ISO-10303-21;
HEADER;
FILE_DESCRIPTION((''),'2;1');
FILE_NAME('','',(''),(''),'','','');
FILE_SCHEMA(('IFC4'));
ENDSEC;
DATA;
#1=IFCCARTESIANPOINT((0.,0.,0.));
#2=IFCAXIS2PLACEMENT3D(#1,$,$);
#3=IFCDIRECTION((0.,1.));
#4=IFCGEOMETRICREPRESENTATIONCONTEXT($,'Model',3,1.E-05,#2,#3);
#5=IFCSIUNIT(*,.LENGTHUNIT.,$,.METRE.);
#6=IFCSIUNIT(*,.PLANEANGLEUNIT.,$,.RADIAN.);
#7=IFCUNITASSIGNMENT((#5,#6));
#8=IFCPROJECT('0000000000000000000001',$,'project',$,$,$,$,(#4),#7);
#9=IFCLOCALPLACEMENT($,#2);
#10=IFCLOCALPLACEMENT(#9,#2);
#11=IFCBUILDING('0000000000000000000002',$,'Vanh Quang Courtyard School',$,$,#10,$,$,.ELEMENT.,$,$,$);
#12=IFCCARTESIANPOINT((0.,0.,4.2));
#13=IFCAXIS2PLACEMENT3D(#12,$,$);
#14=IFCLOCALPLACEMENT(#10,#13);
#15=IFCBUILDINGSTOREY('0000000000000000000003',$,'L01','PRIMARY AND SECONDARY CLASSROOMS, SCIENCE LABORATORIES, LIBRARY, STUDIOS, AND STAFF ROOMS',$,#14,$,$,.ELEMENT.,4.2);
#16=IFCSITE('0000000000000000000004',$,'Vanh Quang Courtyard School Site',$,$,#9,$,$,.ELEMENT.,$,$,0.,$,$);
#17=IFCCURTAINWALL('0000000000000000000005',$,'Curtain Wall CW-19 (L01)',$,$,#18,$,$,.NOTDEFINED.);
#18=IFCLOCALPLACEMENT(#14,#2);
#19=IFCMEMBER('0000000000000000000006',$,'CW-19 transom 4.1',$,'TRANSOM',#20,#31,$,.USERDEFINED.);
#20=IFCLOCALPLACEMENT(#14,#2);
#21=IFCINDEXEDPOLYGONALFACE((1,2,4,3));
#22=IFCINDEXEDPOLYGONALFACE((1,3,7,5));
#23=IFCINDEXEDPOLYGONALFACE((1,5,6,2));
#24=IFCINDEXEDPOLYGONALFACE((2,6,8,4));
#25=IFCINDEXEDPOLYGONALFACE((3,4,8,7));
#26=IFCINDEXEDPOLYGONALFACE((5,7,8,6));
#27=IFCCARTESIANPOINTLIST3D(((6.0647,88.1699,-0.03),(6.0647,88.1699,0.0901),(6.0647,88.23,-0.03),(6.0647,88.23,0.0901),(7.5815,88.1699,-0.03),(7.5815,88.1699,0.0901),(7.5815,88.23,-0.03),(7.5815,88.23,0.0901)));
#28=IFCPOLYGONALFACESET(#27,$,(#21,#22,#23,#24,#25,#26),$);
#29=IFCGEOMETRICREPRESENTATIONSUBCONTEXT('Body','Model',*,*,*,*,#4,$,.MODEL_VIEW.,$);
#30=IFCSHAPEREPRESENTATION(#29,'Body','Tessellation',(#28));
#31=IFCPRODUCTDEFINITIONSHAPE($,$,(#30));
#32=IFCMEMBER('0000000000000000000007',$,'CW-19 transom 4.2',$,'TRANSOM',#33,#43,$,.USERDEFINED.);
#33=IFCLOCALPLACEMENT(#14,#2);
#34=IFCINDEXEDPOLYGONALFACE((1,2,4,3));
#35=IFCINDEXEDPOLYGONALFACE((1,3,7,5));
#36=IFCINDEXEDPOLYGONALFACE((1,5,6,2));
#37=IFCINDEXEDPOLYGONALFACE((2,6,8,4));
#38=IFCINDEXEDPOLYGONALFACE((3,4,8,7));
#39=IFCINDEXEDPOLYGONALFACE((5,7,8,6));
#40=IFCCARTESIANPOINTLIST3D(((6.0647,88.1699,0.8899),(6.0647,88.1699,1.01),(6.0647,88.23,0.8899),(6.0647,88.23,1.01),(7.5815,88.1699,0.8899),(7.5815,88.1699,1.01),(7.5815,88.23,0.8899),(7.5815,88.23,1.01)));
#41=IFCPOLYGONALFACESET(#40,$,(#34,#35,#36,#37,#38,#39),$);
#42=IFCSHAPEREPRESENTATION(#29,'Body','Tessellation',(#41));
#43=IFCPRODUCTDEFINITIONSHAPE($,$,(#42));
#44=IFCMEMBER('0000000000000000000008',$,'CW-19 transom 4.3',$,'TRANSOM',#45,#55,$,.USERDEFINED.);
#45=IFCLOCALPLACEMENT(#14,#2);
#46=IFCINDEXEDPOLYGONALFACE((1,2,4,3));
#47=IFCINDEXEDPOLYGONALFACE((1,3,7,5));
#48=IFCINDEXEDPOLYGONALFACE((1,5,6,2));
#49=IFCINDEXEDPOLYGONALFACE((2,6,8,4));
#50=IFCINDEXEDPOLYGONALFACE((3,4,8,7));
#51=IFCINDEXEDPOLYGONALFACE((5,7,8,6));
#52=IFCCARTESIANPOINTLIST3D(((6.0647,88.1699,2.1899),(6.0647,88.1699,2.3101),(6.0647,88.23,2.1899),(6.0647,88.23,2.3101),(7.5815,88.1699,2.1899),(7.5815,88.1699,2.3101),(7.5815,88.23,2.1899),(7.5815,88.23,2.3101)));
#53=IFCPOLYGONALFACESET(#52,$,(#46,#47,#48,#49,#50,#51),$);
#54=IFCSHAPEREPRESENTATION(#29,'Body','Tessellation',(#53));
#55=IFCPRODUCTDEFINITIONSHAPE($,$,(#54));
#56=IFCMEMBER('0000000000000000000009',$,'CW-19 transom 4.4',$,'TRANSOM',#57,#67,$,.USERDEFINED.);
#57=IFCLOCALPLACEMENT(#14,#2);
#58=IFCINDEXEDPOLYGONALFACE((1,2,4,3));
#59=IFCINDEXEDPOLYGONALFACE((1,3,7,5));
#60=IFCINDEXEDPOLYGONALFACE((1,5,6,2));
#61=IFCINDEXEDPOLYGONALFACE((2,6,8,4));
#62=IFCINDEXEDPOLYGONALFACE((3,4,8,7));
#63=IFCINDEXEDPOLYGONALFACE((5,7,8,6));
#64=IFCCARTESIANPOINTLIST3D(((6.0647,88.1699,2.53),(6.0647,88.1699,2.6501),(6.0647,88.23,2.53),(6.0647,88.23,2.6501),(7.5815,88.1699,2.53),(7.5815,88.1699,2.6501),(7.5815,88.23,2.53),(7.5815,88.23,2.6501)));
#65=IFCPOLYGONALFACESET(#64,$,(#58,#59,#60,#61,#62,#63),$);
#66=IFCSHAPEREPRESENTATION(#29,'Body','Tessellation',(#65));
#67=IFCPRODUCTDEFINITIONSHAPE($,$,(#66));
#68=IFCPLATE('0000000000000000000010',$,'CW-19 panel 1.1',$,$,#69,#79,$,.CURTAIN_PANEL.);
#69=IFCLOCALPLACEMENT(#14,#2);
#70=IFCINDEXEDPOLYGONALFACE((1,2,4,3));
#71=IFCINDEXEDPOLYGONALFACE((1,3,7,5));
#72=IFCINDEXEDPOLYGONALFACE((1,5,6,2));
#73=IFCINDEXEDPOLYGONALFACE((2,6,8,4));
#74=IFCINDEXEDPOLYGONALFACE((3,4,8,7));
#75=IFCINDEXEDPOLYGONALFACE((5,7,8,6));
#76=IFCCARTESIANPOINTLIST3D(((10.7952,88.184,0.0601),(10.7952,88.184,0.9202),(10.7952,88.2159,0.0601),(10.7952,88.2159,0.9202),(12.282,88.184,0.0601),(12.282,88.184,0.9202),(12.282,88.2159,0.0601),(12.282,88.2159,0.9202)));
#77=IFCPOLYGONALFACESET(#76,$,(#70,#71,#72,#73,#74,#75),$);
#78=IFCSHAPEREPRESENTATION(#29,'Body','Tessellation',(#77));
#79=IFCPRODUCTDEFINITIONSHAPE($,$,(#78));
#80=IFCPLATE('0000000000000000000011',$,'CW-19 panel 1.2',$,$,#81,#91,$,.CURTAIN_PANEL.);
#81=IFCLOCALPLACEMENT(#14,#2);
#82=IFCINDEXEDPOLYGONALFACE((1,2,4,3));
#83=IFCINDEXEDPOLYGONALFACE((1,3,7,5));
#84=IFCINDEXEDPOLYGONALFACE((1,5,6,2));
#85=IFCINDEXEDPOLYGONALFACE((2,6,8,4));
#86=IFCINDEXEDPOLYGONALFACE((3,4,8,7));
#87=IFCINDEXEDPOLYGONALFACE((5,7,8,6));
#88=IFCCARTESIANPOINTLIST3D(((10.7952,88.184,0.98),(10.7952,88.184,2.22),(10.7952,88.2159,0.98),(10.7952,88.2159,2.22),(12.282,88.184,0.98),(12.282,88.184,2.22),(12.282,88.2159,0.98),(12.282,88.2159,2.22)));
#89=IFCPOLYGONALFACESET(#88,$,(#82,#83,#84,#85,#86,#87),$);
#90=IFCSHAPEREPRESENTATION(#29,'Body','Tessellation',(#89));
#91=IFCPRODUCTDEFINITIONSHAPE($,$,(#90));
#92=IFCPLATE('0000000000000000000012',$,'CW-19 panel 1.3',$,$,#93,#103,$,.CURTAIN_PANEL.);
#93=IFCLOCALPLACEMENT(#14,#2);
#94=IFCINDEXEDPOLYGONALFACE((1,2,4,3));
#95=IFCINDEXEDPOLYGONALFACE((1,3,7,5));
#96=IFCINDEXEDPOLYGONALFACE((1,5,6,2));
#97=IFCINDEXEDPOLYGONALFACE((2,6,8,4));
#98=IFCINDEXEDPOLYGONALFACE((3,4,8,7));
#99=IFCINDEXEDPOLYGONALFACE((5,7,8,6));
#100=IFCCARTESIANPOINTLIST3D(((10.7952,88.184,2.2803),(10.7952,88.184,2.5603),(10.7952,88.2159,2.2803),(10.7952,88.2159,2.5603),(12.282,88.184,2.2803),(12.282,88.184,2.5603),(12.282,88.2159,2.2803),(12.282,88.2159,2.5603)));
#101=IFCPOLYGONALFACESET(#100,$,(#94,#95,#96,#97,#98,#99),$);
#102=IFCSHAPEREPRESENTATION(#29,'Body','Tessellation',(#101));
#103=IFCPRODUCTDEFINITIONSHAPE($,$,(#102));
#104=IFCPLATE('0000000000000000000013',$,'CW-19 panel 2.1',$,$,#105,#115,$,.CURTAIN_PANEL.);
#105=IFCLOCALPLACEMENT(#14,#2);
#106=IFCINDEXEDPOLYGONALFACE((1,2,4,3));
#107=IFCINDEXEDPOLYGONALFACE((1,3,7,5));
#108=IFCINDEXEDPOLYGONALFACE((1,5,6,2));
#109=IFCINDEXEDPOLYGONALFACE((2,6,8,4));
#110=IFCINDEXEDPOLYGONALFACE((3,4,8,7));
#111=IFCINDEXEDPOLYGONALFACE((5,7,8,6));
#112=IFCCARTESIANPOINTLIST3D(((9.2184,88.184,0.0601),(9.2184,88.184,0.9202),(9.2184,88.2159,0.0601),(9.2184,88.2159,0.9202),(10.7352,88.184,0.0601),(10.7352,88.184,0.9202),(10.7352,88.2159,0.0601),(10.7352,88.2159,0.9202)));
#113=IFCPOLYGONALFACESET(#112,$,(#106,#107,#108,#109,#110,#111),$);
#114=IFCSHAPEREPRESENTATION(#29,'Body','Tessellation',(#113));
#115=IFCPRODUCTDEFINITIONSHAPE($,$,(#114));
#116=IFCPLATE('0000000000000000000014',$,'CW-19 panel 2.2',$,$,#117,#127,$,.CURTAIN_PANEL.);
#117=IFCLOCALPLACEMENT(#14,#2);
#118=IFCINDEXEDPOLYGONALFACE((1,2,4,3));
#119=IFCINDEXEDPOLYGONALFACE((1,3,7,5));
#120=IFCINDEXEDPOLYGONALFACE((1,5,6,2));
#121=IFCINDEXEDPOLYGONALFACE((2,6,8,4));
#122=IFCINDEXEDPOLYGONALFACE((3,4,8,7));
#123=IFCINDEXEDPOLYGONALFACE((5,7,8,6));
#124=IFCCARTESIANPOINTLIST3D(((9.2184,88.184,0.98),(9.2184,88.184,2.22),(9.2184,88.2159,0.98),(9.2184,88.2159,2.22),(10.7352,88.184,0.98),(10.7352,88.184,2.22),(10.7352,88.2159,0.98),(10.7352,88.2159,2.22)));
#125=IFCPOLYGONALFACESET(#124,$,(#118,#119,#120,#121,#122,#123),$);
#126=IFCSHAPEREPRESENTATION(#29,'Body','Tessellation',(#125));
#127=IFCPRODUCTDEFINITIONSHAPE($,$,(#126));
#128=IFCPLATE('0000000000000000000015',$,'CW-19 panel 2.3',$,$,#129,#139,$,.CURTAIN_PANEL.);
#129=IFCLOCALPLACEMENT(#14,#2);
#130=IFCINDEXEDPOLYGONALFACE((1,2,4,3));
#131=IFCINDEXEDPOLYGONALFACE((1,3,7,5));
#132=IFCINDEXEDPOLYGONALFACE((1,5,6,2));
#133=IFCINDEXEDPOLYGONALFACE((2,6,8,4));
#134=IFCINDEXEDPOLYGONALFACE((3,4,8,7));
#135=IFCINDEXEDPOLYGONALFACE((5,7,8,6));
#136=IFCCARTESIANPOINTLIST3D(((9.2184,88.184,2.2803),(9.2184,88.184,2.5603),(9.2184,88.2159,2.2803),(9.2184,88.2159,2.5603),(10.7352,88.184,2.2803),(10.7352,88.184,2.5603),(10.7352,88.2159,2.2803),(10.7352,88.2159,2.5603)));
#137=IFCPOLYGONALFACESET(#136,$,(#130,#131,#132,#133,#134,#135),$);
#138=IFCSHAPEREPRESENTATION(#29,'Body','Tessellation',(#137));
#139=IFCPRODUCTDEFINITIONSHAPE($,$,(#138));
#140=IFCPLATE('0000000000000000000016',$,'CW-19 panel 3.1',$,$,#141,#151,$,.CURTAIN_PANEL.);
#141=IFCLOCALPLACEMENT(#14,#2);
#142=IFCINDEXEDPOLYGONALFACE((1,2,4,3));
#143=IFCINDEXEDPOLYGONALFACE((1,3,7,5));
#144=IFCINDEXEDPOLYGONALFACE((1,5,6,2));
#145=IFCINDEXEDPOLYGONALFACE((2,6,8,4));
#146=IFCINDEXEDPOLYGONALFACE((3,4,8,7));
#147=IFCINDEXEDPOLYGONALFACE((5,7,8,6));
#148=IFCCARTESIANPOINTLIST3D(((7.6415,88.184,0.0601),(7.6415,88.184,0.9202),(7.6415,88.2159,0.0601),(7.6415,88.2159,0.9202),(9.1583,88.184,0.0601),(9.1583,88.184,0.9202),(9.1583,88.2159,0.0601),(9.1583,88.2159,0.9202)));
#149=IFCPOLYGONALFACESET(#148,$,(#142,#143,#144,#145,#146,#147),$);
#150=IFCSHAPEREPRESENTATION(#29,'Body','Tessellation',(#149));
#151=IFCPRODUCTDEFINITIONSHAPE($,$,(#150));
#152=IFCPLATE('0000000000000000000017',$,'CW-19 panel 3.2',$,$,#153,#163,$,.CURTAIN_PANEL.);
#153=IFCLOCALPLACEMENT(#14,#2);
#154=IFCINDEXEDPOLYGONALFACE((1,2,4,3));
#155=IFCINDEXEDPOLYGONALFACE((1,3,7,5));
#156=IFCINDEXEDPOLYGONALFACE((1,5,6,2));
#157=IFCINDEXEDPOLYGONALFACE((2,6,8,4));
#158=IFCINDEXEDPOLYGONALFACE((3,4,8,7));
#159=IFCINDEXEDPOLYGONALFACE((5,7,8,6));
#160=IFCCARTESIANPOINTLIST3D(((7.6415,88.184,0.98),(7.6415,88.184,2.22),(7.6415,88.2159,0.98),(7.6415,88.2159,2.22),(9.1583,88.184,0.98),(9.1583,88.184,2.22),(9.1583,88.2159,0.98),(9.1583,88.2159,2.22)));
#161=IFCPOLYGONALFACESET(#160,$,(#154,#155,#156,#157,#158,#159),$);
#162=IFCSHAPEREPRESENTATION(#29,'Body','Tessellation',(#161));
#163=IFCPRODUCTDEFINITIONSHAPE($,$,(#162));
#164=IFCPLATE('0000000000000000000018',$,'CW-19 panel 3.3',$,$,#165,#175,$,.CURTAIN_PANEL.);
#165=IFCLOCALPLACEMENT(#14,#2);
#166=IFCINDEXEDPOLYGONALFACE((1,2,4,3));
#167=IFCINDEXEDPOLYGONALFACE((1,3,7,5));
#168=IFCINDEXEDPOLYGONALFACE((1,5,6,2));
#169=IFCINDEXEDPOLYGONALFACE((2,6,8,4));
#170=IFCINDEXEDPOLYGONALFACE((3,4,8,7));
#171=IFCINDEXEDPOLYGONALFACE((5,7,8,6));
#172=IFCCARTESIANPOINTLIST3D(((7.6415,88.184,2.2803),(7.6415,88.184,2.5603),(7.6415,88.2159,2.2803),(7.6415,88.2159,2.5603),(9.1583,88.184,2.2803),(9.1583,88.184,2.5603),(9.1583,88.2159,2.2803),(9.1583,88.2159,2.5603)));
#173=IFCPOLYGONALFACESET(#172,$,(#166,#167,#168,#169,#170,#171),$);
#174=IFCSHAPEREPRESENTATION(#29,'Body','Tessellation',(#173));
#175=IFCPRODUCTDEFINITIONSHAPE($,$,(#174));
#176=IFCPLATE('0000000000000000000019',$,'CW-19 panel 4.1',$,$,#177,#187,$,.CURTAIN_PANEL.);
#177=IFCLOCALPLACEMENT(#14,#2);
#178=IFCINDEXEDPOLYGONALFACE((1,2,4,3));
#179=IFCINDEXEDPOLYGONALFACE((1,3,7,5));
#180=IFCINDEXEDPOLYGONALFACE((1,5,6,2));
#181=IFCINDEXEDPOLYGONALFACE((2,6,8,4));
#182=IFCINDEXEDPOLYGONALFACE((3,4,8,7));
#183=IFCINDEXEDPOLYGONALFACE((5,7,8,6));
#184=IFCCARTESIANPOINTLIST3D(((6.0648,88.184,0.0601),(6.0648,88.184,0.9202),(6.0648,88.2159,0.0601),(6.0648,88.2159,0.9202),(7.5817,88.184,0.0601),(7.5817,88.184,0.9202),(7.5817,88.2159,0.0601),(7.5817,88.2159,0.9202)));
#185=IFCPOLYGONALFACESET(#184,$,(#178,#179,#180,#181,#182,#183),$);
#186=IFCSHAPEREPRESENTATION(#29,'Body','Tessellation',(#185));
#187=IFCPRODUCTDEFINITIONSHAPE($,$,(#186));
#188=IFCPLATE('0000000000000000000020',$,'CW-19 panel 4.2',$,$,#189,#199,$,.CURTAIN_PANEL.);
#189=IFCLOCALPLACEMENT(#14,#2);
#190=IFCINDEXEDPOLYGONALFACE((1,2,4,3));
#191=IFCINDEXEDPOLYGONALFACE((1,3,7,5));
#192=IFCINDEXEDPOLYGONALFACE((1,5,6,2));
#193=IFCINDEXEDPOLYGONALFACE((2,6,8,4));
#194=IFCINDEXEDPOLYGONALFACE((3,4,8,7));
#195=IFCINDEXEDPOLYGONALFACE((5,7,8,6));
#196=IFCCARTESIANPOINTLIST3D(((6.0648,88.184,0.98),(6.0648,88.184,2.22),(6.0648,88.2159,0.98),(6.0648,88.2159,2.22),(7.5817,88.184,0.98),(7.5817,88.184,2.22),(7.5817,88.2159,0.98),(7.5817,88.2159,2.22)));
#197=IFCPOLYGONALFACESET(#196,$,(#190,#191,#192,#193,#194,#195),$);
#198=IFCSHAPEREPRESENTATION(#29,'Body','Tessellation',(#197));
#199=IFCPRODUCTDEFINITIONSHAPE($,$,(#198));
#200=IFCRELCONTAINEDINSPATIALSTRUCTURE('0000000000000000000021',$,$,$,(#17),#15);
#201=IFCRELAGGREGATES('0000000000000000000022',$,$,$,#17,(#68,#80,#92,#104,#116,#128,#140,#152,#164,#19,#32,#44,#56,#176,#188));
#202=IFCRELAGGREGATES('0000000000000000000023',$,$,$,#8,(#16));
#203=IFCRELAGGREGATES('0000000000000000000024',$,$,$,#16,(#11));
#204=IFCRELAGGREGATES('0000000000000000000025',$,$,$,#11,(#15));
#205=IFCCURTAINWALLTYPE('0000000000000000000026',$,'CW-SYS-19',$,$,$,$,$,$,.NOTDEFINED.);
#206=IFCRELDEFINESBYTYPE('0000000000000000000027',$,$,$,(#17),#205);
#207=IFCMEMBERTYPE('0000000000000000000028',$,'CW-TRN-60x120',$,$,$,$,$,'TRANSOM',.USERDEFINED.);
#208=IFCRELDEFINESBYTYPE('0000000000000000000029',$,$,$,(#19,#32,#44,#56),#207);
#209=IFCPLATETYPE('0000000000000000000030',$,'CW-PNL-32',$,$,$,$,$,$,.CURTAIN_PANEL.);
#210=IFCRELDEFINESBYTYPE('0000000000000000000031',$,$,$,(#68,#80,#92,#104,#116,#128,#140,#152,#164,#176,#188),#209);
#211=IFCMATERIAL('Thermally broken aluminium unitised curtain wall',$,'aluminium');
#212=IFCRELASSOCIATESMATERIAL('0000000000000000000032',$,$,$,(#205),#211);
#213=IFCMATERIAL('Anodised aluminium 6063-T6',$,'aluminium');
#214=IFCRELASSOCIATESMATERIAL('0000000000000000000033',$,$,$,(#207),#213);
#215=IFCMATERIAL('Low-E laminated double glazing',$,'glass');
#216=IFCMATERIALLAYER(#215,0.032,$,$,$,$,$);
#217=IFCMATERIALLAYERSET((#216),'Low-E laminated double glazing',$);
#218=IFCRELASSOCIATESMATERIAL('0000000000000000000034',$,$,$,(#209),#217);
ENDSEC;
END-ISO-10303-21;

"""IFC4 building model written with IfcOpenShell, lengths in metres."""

from ifc_helpers import new_model, si_unit, direction, frame, origin, origin_2d, place, context, subcontext, project, spatial, rectangle, extrude, material, layer, layer_set, material_profile, profile_set, type_object, element, aggregate, save


model = new_model("IFC4")

# Units and contexts
model_context = context("Model", 3, precision=1e-05, world=origin(), true_north=direction((0.0, 1.0)))
body_context = subcontext(model_context, "Body", "Model", "MODEL_VIEW")
ifc_project = project(units=[si_unit("LENGTHUNIT", "METRE"), si_unit("PLANEANGLEUNIT", "RADIAN")], contexts=[model_context])

# Site, building, storey
site_placement = place(None, origin())
site = spatial("IfcSite", under=ifc_project, at=site_placement, Name="Vanh Quang Courtyard School Site", CompositionType="ELEMENT", RefElevation=0.0)
building_placement = place(site_placement, origin())
building = spatial("IfcBuilding", under=site, at=building_placement, Name="Vanh Quang Courtyard School", CompositionType="ELEMENT")
storey_placement = place(building_placement, frame((0.0, 0.0, 4.2)))
storey = spatial("IfcBuildingStorey", under=building, at=storey_placement, Name="L01", Description="PRIMARY AND SECONDARY CLASSROOMS, SCIENCE LABORATORIES, LIBRARY, STUDIOS, AND STAFF ROOMS", CompositionType="ELEMENT", Elevation=4.2)

# Curtain wall, members, plates
ifc_material_1 = material(Name="Thermally broken aluminium unitised curtain wall", Category="aluminium")
curtain_wall_type = type_object("IfcCurtainWallType", Name="CW-SYS-19", PredefinedType="NOTDEFINED", material=ifc_material_1)
curtain_wall_placement = place(storey_placement, origin())
curtain_wall = element("IfcCurtainWall", 1, at=curtain_wall_placement, inside=storey, type_object=curtain_wall_type, Name="Curtain Wall CW-19 (L01)", PredefinedType="NOTDEFINED")
ifc_material_2 = material(Name="Anodised aluminium 6063-T6", Category="aluminium")
ifc_material_profile_1 = material_profile(ifc_material_2, rectangle(XDim=0.0601, YDim=0.1201, at=origin_2d()), Name="ALU-TRN 60x120")
ifc_profile_set_1 = profile_set([ifc_material_profile_1], Name="Anodised aluminium 6063-T6")
member_type_1 = type_object("IfcMemberType", Name="CW-TRN-60x120", ElementType="TRANSOM", PredefinedType="USERDEFINED", material=ifc_profile_set_1)
member_1_placement = place(storey_placement, frame((7.5815, 88.2, 0.03), z_axis=(-1.0, 0.0, 0.0), x_axis=(0.0, -1.0, 0.0)))
member_1 = element("IfcMember", 2, at=member_1_placement, type_object=member_type_1, Name="CW-19 transom 4.1", ObjectType="TRANSOM", PredefinedType="USERDEFINED", context=body_context, shape_type="SweptSolid", body=[
    extrude(rectangle(XDim=0.0601, YDim=0.1201, at=origin_2d()), origin(), (0.0, 0.0, 1.0), 1.5168),
])
member_2_placement = place(storey_placement, frame((7.5815, 88.2, 0.95), z_axis=(-1.0, 0.0, 0.0), x_axis=(0.0, -1.0, 0.0)))
member_2 = element("IfcMember", 3, at=member_2_placement, type_object=member_type_1, Name="CW-19 transom 4.2", ObjectType="TRANSOM", PredefinedType="USERDEFINED", context=body_context, shape_type="SweptSolid", body=[
    extrude(rectangle(XDim=0.0601, YDim=0.1201, at=origin_2d()), origin(), (0.0, 0.0, 1.0), 1.5168),
])
member_3_placement = place(storey_placement, frame((7.5815, 88.2, 2.25), z_axis=(-1.0, 0.0, 0.0), x_axis=(0.0, -1.0, 0.0)))
member_3 = element("IfcMember", 4, at=member_3_placement, type_object=member_type_1, Name="CW-19 transom 4.3", ObjectType="TRANSOM", PredefinedType="USERDEFINED", context=body_context, shape_type="SweptSolid", body=[
    extrude(rectangle(XDim=0.0601, YDim=0.1201, at=origin_2d()), origin(), (0.0, 0.0, 1.0), 1.5168),
])
member_4_placement = place(storey_placement, frame((7.5815, 88.2, 2.5901), z_axis=(-1.0, 0.0, 0.0), x_axis=(0.0, -1.0, 0.0)))
member_4 = element("IfcMember", 5, at=member_4_placement, type_object=member_type_1, Name="CW-19 transom 4.4", ObjectType="TRANSOM", PredefinedType="USERDEFINED", context=body_context, shape_type="SweptSolid", body=[
    extrude(rectangle(XDim=0.0601, YDim=0.1201, at=origin_2d()), origin(), (0.0, 0.0, 1.0), 1.5168),
])
ifc_material_3 = material(Name="Low-E laminated double glazing", Category="glass")
ifc_layer = layer(ifc_material_3, 0.032)
ifc_layer_set = layer_set([ifc_layer], Name="Low-E laminated double glazing")
plate_type = type_object("IfcPlateType", Name="CW-PNL-32", PredefinedType="CURTAIN_PANEL", material=ifc_layer_set)
plate_1_placement = place(storey_placement, frame((11.5386, 88.2, 0.0601), z_axis=(0.0, 0.0, 1.0), x_axis=(-1.0, 0.0, 0.0)))
plate_1 = element("IfcPlate", 6, at=plate_1_placement, type_object=plate_type, Name="CW-19 panel 1.1", PredefinedType="CURTAIN_PANEL", context=body_context, shape_type="SweptSolid", body=[
    extrude(rectangle(XDim=1.4868, YDim=0.032, at=origin_2d()), origin(), (0.0, 0.0, 1.0), 0.8601),
])
plate_2_placement = place(storey_placement, frame((11.5386, 88.2, 0.98), z_axis=(0.0, 0.0, 1.0), x_axis=(-1.0, 0.0, 0.0)))
plate_2 = element("IfcPlate", 7, at=plate_2_placement, type_object=plate_type, Name="CW-19 panel 1.2", PredefinedType="CURTAIN_PANEL", context=body_context, shape_type="SweptSolid", body=[
    extrude(rectangle(XDim=1.4868, YDim=0.032, at=origin_2d()), origin(), (0.0, 0.0, 1.0), 1.24),
])
plate_3_placement = place(storey_placement, frame((11.5386, 88.2, 2.2803), z_axis=(0.0, 0.0, 1.0), x_axis=(-1.0, 0.0, 0.0)))
plate_3 = element("IfcPlate", 8, at=plate_3_placement, type_object=plate_type, Name="CW-19 panel 1.3", PredefinedType="CURTAIN_PANEL", context=body_context, shape_type="SweptSolid", body=[
    extrude(rectangle(XDim=1.4868, YDim=0.032, at=origin_2d()), origin(), (0.0, 0.0, 1.0), 0.28),
])
plate_4_placement = place(storey_placement, frame((9.9768, 88.2, 0.0601), z_axis=(0.0, 0.0, 1.0), x_axis=(-1.0, 0.0, 0.0)))
plate_4 = element("IfcPlate", 9, at=plate_4_placement, type_object=plate_type, Name="CW-19 panel 2.1", PredefinedType="CURTAIN_PANEL", context=body_context, shape_type="SweptSolid", body=[
    extrude(rectangle(XDim=1.5168, YDim=0.032, at=origin_2d()), origin(), (0.0, 0.0, 1.0), 0.8601),
])
plate_5_placement = place(storey_placement, frame((9.9768, 88.2, 0.98), z_axis=(0.0, 0.0, 1.0), x_axis=(-1.0, 0.0, 0.0)))
plate_5 = element("IfcPlate", 10, at=plate_5_placement, type_object=plate_type, Name="CW-19 panel 2.2", PredefinedType="CURTAIN_PANEL", context=body_context, shape_type="SweptSolid", body=[
    extrude(rectangle(XDim=1.5168, YDim=0.032, at=origin_2d()), origin(), (0.0, 0.0, 1.0), 1.24),
])
plate_6_placement = place(storey_placement, frame((9.9768, 88.2, 2.2803), z_axis=(0.0, 0.0, 1.0), x_axis=(-1.0, 0.0, 0.0)))
plate_6 = element("IfcPlate", 11, at=plate_6_placement, type_object=plate_type, Name="CW-19 panel 2.3", PredefinedType="CURTAIN_PANEL", context=body_context, shape_type="SweptSolid", body=[
    extrude(rectangle(XDim=1.5168, YDim=0.032, at=origin_2d()), origin(), (0.0, 0.0, 1.0), 0.28),
])
plate_7_placement = place(storey_placement, frame((8.3999, 88.2, 0.0601), z_axis=(0.0, 0.0, 1.0), x_axis=(-1.0, 0.0, 0.0)))
plate_7 = element("IfcPlate", 12, at=plate_7_placement, type_object=plate_type, Name="CW-19 panel 3.1", PredefinedType="CURTAIN_PANEL", context=body_context, shape_type="SweptSolid", body=[
    extrude(rectangle(XDim=1.5168, YDim=0.032, at=origin_2d()), origin(), (0.0, 0.0, 1.0), 0.8601),
])
plate_8_placement = place(storey_placement, frame((8.3999, 88.2, 0.98), z_axis=(0.0, 0.0, 1.0), x_axis=(-1.0, 0.0, 0.0)))
plate_8 = element("IfcPlate", 13, at=plate_8_placement, type_object=plate_type, Name="CW-19 panel 3.2", PredefinedType="CURTAIN_PANEL", context=body_context, shape_type="SweptSolid", body=[
    extrude(rectangle(XDim=1.5168, YDim=0.032, at=origin_2d()), origin(), (0.0, 0.0, 1.0), 1.24),
])
plate_9_placement = place(storey_placement, frame((8.3999, 88.2, 2.2803), z_axis=(0.0, 0.0, 1.0), x_axis=(-1.0, 0.0, 0.0)))
plate_9 = element("IfcPlate", 14, at=plate_9_placement, type_object=plate_type, Name="CW-19 panel 3.3", PredefinedType="CURTAIN_PANEL", context=body_context, shape_type="SweptSolid", body=[
    extrude(rectangle(XDim=1.5168, YDim=0.032, at=origin_2d()), origin(), (0.0, 0.0, 1.0), 0.28),
])
plate_10_placement = place(storey_placement, frame((6.8232, 88.2, 0.0601), z_axis=(0.0, 0.0, 1.0), x_axis=(-1.0, 0.0, 0.0)))
plate_10 = element("IfcPlate", 15, at=plate_10_placement, type_object=plate_type, Name="CW-19 panel 4.1", PredefinedType="CURTAIN_PANEL", context=body_context, shape_type="SweptSolid", body=[
    extrude(rectangle(XDim=1.5168, YDim=0.032, at=origin_2d()), origin(), (0.0, 0.0, 1.0), 0.8601),
])
plate_11_placement = place(storey_placement, frame((6.8232, 88.2, 0.98), z_axis=(0.0, 0.0, 1.0), x_axis=(-1.0, 0.0, 0.0)))
plate_11 = element("IfcPlate", 16, at=plate_11_placement, type_object=plate_type, Name="CW-19 panel 4.2", PredefinedType="CURTAIN_PANEL", context=body_context, shape_type="SweptSolid", body=[
    extrude(rectangle(XDim=1.5168, YDim=0.032, at=origin_2d()), origin(), (0.0, 0.0, 1.0), 1.24),
])
aggregate(curtain_wall, [plate_1, plate_2, plate_3, plate_4, plate_5, plate_6, plate_7, plate_8, plate_9, member_1, member_2, member_3, member_4, plate_10, plate_11])

save(model, "model.ifc")
